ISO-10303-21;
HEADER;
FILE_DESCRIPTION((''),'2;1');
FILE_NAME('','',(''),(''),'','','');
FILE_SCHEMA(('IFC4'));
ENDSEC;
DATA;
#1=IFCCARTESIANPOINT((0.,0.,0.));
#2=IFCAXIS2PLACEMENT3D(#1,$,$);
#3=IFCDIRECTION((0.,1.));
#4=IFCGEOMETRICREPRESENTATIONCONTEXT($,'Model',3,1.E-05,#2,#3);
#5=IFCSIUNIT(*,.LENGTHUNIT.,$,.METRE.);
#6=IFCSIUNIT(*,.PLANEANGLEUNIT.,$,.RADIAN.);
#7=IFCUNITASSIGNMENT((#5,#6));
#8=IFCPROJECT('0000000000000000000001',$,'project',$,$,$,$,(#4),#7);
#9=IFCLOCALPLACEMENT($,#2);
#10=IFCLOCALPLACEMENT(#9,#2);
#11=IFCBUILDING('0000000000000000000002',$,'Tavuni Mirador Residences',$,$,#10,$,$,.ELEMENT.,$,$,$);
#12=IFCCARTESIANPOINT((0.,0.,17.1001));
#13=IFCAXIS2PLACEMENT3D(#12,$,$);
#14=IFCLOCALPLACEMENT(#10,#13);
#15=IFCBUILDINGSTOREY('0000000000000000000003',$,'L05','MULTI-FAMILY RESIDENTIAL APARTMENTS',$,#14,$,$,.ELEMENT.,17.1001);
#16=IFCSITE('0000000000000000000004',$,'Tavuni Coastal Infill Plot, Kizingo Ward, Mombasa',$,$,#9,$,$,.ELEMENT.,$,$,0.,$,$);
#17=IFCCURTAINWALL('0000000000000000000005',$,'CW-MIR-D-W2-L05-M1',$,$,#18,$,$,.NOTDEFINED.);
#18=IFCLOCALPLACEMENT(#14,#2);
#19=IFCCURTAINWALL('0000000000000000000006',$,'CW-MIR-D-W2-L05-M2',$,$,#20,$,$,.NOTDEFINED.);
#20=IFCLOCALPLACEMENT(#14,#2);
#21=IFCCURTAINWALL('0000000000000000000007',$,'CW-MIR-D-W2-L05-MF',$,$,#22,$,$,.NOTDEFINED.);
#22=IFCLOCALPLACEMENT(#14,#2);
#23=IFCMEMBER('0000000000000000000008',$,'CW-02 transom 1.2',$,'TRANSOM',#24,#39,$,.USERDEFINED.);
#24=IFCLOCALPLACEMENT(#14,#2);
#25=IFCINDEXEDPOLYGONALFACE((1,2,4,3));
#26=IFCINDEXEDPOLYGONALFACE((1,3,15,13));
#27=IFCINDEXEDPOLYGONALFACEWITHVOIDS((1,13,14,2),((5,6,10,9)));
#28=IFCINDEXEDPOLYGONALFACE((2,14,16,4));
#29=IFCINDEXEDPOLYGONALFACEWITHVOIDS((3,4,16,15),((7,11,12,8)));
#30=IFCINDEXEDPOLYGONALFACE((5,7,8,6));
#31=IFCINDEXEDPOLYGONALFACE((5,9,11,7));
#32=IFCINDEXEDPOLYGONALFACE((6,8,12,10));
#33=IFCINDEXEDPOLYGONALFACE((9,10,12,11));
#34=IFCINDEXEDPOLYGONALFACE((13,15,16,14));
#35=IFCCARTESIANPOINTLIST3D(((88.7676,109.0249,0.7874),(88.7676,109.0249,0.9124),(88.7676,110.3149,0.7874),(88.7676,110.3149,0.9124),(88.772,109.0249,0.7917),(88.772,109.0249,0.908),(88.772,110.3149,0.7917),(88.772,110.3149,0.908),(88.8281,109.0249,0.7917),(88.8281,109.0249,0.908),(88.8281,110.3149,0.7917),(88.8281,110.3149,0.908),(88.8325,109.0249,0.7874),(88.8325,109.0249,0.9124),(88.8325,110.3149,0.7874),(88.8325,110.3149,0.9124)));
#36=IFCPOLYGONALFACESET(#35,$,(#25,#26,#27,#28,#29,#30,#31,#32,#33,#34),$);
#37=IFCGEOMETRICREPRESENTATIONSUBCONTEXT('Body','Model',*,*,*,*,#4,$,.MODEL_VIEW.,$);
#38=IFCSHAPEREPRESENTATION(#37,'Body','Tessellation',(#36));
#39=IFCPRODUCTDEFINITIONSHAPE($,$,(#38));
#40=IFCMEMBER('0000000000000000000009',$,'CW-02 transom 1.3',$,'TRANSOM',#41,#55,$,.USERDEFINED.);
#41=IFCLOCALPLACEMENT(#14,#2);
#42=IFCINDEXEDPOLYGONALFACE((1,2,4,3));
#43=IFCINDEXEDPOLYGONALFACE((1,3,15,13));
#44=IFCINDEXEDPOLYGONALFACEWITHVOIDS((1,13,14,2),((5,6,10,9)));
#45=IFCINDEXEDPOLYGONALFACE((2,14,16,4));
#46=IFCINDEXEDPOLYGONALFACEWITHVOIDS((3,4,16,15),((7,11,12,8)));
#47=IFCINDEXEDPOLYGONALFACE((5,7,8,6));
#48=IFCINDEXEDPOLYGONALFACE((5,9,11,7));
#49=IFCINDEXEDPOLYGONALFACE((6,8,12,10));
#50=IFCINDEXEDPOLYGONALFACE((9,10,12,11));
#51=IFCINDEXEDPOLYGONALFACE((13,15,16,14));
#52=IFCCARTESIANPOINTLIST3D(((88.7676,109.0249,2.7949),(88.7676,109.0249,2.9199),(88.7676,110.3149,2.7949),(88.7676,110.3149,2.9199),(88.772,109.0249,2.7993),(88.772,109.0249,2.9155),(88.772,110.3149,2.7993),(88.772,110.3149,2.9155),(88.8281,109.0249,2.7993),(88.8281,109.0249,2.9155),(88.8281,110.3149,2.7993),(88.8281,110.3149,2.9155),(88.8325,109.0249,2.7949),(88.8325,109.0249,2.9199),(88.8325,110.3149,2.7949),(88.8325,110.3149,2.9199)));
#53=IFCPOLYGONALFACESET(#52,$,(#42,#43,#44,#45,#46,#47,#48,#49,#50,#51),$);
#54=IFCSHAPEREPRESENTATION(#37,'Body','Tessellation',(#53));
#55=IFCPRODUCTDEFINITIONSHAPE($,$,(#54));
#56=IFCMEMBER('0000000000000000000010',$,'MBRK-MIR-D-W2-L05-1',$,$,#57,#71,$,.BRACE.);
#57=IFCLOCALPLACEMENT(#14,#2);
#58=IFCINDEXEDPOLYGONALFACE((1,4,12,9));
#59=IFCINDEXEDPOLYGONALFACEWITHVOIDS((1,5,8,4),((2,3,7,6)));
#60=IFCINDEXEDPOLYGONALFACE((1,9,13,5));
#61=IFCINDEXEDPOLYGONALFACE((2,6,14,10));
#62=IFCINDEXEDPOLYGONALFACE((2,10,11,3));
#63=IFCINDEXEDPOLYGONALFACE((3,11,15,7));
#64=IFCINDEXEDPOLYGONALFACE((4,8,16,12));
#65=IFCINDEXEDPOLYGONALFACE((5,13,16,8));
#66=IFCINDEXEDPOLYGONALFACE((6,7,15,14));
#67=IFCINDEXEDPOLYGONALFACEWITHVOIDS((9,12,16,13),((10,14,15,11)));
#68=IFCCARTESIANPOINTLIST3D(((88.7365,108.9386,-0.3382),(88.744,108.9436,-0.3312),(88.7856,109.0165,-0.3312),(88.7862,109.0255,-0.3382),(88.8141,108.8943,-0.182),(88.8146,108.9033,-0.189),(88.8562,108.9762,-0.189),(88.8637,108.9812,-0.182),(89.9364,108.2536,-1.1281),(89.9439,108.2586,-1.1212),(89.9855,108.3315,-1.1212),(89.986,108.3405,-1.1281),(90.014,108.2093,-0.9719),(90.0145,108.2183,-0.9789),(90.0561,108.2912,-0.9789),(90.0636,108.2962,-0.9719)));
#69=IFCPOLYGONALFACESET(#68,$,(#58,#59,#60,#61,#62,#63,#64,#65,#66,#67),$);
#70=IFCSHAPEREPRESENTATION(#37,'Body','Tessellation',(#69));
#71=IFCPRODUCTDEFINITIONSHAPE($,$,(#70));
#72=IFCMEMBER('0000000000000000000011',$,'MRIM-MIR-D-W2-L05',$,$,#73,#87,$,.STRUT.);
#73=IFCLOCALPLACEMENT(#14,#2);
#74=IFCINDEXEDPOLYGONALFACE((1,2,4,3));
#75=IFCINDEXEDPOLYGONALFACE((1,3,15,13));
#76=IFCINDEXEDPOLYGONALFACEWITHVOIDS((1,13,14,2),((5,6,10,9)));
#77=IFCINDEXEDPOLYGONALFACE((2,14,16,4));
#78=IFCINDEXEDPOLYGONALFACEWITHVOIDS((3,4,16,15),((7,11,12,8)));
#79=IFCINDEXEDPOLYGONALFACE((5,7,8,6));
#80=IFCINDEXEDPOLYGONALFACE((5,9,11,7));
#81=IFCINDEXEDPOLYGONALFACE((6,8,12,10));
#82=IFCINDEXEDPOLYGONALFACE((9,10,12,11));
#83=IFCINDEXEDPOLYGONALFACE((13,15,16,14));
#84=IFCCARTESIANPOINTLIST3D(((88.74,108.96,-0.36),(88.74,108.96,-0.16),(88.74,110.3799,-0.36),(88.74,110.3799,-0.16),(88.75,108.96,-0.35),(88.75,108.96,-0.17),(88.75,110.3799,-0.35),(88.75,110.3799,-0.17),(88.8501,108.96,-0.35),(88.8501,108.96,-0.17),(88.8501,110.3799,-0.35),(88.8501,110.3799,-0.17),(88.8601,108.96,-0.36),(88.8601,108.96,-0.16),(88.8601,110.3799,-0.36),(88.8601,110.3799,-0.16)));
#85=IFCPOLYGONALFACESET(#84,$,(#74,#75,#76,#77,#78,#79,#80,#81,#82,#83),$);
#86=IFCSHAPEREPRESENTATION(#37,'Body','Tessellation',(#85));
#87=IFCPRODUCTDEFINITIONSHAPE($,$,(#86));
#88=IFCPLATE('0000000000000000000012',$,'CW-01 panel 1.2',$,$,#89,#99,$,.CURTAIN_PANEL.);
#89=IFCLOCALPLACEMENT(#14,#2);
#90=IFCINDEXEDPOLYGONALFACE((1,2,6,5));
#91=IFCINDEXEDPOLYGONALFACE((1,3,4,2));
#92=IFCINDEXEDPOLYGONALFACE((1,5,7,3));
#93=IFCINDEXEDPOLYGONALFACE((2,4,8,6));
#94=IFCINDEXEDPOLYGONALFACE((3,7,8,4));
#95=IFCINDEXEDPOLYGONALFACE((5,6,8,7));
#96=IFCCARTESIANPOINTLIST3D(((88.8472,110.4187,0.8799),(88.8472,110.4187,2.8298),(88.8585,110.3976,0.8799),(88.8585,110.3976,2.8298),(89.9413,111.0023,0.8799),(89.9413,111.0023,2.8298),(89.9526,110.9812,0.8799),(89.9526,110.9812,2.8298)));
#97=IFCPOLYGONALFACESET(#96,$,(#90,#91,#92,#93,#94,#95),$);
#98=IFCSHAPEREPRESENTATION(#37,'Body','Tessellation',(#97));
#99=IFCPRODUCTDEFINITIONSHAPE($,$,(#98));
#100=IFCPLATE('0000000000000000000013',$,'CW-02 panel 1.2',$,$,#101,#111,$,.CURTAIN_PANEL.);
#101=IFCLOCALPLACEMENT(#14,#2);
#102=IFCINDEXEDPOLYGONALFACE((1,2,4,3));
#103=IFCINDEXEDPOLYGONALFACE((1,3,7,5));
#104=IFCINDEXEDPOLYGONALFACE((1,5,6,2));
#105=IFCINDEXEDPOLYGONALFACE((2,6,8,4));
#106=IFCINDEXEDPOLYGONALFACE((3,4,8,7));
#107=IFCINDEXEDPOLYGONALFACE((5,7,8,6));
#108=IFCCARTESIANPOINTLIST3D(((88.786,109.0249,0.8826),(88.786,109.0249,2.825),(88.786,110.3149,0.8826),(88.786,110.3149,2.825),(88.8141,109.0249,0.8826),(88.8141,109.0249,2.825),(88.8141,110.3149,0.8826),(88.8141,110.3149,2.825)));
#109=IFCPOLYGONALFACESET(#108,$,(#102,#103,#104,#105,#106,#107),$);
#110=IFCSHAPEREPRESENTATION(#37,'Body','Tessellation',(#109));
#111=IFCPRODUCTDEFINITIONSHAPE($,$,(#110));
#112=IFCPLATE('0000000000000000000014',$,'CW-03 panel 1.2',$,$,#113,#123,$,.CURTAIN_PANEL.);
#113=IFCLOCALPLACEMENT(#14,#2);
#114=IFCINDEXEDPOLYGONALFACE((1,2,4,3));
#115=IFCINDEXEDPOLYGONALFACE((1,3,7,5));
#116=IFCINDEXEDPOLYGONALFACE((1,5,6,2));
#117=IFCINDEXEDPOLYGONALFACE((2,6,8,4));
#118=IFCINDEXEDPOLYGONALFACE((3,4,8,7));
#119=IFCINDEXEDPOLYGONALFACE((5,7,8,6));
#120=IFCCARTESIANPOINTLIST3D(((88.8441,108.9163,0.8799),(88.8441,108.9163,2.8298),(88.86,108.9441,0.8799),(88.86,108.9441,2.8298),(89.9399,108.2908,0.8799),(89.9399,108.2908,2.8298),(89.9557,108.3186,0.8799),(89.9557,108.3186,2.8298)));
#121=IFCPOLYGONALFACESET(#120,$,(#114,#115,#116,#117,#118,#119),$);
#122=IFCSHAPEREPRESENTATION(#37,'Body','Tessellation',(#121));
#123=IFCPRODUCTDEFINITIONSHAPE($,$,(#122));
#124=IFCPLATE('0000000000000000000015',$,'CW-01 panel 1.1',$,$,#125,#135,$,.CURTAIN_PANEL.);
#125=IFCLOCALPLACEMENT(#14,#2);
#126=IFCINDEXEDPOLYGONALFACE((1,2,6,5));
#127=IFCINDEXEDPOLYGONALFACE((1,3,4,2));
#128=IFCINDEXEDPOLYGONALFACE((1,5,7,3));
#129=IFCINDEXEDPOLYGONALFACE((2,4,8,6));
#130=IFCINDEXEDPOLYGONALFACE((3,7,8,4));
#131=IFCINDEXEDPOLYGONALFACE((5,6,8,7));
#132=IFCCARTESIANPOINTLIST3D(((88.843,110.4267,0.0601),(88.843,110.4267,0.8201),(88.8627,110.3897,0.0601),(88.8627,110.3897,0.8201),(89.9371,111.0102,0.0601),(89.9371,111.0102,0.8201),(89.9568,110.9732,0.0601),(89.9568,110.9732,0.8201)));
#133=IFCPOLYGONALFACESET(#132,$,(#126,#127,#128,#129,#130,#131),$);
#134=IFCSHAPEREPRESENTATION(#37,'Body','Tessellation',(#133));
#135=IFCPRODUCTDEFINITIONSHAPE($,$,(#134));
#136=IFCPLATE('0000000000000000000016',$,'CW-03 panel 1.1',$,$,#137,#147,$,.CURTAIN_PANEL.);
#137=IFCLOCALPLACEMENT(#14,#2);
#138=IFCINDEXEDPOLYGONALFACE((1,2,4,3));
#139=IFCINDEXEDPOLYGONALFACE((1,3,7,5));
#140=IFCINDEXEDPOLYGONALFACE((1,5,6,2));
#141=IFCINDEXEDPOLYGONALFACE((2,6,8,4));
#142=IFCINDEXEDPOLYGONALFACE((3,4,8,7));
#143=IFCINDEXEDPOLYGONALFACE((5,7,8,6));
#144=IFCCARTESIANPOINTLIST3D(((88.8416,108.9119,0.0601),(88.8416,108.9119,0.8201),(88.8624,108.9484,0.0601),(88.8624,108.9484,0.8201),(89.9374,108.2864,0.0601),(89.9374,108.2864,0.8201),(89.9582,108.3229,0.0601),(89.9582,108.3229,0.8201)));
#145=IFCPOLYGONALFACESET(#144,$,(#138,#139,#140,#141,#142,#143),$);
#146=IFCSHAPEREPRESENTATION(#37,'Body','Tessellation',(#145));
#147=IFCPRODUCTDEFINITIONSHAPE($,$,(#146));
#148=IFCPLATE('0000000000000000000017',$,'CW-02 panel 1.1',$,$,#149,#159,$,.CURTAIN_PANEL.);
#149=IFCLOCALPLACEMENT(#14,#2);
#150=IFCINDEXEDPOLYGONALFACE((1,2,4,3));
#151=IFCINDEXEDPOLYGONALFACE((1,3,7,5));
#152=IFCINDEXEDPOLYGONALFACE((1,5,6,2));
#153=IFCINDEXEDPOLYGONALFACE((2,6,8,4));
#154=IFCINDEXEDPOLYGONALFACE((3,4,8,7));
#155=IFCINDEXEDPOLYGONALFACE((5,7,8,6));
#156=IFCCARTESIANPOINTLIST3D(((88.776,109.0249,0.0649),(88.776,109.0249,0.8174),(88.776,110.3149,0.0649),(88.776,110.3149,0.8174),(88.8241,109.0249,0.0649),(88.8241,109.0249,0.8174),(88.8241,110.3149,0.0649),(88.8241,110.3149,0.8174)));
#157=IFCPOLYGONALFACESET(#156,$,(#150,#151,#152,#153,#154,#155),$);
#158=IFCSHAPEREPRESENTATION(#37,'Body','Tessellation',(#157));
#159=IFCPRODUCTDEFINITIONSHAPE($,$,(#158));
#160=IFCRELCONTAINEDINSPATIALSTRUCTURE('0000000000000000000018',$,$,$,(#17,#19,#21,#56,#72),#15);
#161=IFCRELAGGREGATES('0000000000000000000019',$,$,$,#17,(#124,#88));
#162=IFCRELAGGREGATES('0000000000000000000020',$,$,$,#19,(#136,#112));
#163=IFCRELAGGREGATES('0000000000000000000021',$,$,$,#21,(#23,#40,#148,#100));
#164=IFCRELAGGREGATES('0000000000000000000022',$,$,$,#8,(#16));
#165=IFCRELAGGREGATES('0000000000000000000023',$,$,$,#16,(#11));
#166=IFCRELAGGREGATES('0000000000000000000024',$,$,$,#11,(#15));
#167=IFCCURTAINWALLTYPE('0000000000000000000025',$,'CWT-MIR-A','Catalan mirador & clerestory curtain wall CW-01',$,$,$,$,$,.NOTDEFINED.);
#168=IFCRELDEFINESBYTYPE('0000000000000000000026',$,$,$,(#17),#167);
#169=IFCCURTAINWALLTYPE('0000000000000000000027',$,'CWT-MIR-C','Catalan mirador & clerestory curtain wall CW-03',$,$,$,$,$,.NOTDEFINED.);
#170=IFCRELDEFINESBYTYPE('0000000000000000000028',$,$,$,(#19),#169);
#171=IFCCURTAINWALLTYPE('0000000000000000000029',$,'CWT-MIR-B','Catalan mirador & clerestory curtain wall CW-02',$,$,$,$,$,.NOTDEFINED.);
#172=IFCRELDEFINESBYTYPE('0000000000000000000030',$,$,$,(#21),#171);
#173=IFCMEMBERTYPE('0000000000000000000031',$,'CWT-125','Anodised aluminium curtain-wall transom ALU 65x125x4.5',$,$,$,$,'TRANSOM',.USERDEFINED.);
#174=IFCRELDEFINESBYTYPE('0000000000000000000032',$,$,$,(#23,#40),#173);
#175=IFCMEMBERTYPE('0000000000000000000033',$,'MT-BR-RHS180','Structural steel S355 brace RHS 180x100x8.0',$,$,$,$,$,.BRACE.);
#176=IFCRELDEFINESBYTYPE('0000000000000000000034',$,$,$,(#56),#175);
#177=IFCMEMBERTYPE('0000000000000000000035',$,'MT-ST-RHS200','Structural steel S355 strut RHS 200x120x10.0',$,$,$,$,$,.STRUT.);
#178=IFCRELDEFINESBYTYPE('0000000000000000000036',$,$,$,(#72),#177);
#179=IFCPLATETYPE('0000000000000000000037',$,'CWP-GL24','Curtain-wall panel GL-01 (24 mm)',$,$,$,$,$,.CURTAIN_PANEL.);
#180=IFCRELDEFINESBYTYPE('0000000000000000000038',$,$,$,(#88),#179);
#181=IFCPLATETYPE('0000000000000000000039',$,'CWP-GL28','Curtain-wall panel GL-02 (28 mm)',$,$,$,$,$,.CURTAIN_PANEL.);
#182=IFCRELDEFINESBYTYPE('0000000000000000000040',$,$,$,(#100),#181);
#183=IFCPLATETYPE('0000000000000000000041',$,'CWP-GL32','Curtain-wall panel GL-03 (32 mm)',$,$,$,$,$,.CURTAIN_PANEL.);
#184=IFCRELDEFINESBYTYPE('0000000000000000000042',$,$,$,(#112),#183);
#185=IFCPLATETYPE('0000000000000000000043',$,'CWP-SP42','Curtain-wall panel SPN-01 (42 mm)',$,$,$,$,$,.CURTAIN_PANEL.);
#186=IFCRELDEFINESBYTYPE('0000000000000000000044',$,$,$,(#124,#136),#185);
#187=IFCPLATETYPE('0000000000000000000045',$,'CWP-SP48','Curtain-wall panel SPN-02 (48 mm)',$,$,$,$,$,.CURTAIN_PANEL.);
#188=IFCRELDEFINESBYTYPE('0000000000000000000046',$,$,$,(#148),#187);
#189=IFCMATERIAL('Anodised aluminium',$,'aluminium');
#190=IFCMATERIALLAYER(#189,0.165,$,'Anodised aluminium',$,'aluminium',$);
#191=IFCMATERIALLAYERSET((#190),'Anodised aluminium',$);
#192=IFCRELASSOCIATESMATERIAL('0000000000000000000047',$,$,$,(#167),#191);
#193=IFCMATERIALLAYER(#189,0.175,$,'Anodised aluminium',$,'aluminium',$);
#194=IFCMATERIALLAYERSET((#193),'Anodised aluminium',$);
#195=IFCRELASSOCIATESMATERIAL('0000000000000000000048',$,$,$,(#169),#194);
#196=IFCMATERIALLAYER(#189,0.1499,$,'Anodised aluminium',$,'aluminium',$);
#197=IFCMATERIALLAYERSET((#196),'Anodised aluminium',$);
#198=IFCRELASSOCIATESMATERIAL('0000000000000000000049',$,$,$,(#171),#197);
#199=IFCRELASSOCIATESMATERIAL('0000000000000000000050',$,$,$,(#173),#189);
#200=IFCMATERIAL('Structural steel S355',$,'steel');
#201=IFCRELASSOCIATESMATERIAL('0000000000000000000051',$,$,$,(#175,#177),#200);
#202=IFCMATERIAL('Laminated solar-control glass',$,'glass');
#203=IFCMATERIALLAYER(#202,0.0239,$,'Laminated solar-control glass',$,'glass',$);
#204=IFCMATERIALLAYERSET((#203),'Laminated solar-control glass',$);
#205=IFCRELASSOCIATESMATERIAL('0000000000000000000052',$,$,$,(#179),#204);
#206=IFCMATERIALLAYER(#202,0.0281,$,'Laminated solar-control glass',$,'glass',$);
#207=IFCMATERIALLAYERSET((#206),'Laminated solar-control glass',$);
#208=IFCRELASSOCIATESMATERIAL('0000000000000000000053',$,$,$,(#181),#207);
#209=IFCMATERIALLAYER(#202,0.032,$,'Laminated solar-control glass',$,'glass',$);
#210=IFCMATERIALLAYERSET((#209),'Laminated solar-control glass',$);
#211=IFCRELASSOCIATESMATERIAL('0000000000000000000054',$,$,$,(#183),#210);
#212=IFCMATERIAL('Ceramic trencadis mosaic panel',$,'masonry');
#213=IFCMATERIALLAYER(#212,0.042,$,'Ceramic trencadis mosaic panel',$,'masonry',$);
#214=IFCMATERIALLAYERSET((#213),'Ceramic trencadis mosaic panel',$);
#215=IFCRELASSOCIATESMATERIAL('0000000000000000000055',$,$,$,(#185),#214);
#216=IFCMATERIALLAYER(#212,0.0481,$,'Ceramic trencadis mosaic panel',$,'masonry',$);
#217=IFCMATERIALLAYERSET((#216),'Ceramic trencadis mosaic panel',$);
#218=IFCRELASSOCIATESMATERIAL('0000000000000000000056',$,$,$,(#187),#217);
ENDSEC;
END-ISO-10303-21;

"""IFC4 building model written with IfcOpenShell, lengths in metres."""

from ifc_helpers import new_model, si_unit, direction, frame, origin, origin_2d, place, context, subcontext, project, spatial, rectangle, hollow_rectangle, extrude, material, layer, layer_set, material_profile, profile_set, type_object, element, aggregate, save


model = new_model("IFC4")

# Units and contexts
model_context = context("Model", 3, precision=1e-05, world=origin(), true_north=direction((0.0, 1.0)))
body_context = subcontext(model_context, "Body", "Model", "MODEL_VIEW")
ifc_project = project(units=[si_unit("LENGTHUNIT", "METRE"), si_unit("PLANEANGLEUNIT", "RADIAN")], contexts=[model_context])

# Site, building, storey
site_placement = place(None, origin())
site = spatial("IfcSite", under=ifc_project, at=site_placement, Name="Tavuni Coastal Infill Plot, Kizingo Ward, Mombasa", CompositionType="ELEMENT", RefElevation=0.0)
building_placement = place(site_placement, origin())
building = spatial("IfcBuilding", under=site, at=building_placement, Name="Tavuni Mirador Residences", CompositionType="ELEMENT")
storey_placement = place(building_placement, frame((0.0, 0.0, 17.1001)))
storey = spatial("IfcBuildingStorey", under=building, at=storey_placement, Name="L05", Description="MULTI-FAMILY RESIDENTIAL APARTMENTS", CompositionType="ELEMENT", Elevation=17.1001)

# Curtain wall
ifc_material_1 = material(Name="Anodised aluminium", Category="aluminium")
ifc_layer_1 = layer(ifc_material_1, 0.165, Name="Anodised aluminium", Category="aluminium")
ifc_layer_set_1 = layer_set([ifc_layer_1], Name="Anodised aluminium")
curtain_wall_type_1 = type_object("IfcCurtainWallType", Name="CWT-MIR-A", Description="Catalan mirador & clerestory curtain wall CW-01", PredefinedType="NOTDEFINED", material=ifc_layer_set_1)
curtain_wall_1_placement = place(storey_placement, origin())
curtain_wall_1 = element("IfcCurtainWall", 1, at=curtain_wall_1_placement, inside=storey, type_object=curtain_wall_type_1, Name="CW-MIR-D-W2-L05-M1", PredefinedType="NOTDEFINED")

# Curtain walls
ifc_layer_2 = layer(ifc_material_1, 0.175, Name="Anodised aluminium", Category="aluminium")
ifc_layer_set_2 = layer_set([ifc_layer_2], Name="Anodised aluminium")
curtain_wall_type_2 = type_object("IfcCurtainWallType", Name="CWT-MIR-C", Description="Catalan mirador & clerestory curtain wall CW-03", PredefinedType="NOTDEFINED", material=ifc_layer_set_2)
curtain_wall_2_placement = place(storey_placement, origin())
curtain_wall_2 = element("IfcCurtainWall", 2, at=curtain_wall_2_placement, inside=storey, type_object=curtain_wall_type_2, Name="CW-MIR-D-W2-L05-M2", PredefinedType="NOTDEFINED")
ifc_layer_3 = layer(ifc_material_1, 0.1499, Name="Anodised aluminium", Category="aluminium")
ifc_layer_set_3 = layer_set([ifc_layer_3], Name="Anodised aluminium")
curtain_wall_type_3 = type_object("IfcCurtainWallType", Name="CWT-MIR-B", Description="Catalan mirador & clerestory curtain wall CW-02", PredefinedType="NOTDEFINED", material=ifc_layer_set_3)
curtain_wall_3_placement = place(storey_placement, origin())
curtain_wall_3 = element("IfcCurtainWall", 3, at=curtain_wall_3_placement, inside=storey, type_object=curtain_wall_type_3, Name="CW-MIR-D-W2-L05-MF", PredefinedType="NOTDEFINED")

# Members
ifc_material_profile_1 = material_profile(ifc_material_1, hollow_rectangle(XDim=0.0649, YDim=0.125, WallThickness=0.0044, at=origin_2d()), Name="ALU 65x125x4.5", Category="aluminium")
ifc_profile_set_1 = profile_set([ifc_material_profile_1], Name="Anodised aluminium")
member_type_1 = type_object("IfcMemberType", Name="CWT-125", Description="Anodised aluminium curtain-wall transom ALU 65x125x4.5", ElementType="TRANSOM", PredefinedType="USERDEFINED", material=ifc_profile_set_1)
member_1_placement = place(storey_placement, frame((88.8, 110.3149, 0.8499), z_axis=(0.0, -1.0, 0.0), x_axis=(1.0, 0.0, 0.0)))
member_1 = element("IfcMember", 4, at=member_1_placement, type_object=member_type_1, Name="CW-02 transom 1.2", ObjectType="TRANSOM", PredefinedType="USERDEFINED", context=body_context, shape_type="SweptSolid", body=[
    extrude(hollow_rectangle(XDim=0.0649, YDim=0.125, WallThickness=0.0044, at=origin_2d()), origin(), (0.0, 0.0, 1.0), 1.29),
])
member_2_placement = place(storey_placement, frame((88.8, 110.3149, 2.8574), z_axis=(0.0, -1.0, 0.0), x_axis=(1.0, 0.0, 0.0)))
member_2 = element("IfcMember", 5, at=member_2_placement, type_object=member_type_1, Name="CW-02 transom 1.3", ObjectType="TRANSOM", PredefinedType="USERDEFINED", context=body_context, shape_type="SweptSolid", body=[
    extrude(hollow_rectangle(XDim=0.0649, YDim=0.125, WallThickness=0.0044, at=origin_2d()), origin(), (0.0, 0.0, 1.0), 1.29),
])

# Members
ifc_material_2 = material(Name="Structural steel S355", Category="steel")
ifc_material_profile_2 = material_profile(ifc_material_2, hollow_rectangle(XDim=0.1001, YDim=0.1799, WallThickness=0.0081, at=origin_2d()), Name="RHS 180x100x8.0", Category="steel")
ifc_profile_set_2 = profile_set([ifc_material_profile_2], Name="Structural steel S355")
member_type_2 = type_object("IfcMemberType", Name="MT-BR-RHS180", Description="Structural steel S355 brace RHS 180x100x8.0", PredefinedType="BRACE", material=ifc_profile_set_2)
member_3_placement = place(storey_placement, frame((90.0, 108.2749, -1.05), z_axis=(-0.753904, 0.430408, 0.496365), x_axis=(-0.495796, -0.868439, 0.0)))
element("IfcMember", 6, at=member_3_placement, inside=storey, type_object=member_type_2, Name="MBRK-MIR-D-W2-L05-1", PredefinedType="BRACE", context=body_context, shape_type="SweptSolid", body=[
    extrude(hollow_rectangle(XDim=0.1001, YDim=0.1799, WallThickness=0.0081, at=origin_2d()), origin(), (0.0, 0.0, 1.0), 1.5916),
])
ifc_material_profile_3 = material_profile(ifc_material_2, hollow_rectangle(XDim=0.1201, YDim=0.2, WallThickness=0.01, at=origin_2d()), Name="RHS 200x120x10.0", Category="steel")
ifc_profile_set_3 = profile_set([ifc_material_profile_3], Name="Structural steel S355")
member_type_3 = type_object("IfcMemberType", Name="MT-ST-RHS200", Description="Structural steel S355 strut RHS 200x120x10.0", PredefinedType="STRUT", material=ifc_profile_set_3)
member_4_placement = place(storey_placement, frame((88.8, 108.96, -0.26), z_axis=(0.0, 1.0, 0.0), x_axis=(-1.0, 0.0, 0.0)))
element("IfcMember", 7, at=member_4_placement, inside=storey, type_object=member_type_3, Name="MRIM-MIR-D-W2-L05", PredefinedType="STRUT", context=body_context, shape_type="SweptSolid", body=[
    extrude(hollow_rectangle(XDim=0.1201, YDim=0.2, WallThickness=0.01, at=origin_2d()), origin(), (0.0, 0.0, 1.0), 1.4199),
])

# Plates
ifc_material_3 = material(Name="Laminated solar-control glass", Category="glass")
ifc_layer_4 = layer(ifc_material_3, 0.0239, Name="Laminated solar-control glass", Category="glass")
ifc_layer_set_4 = layer_set([ifc_layer_4], Name="Laminated solar-control glass")
plate_type_1 = type_object("IfcPlateType", Name="CWP-GL24", Description="Curtain-wall panel GL-01 (24 mm)", PredefinedType="CURTAIN_PANEL", material=ifc_layer_set_4)
plate_1_placement = place(storey_placement, frame((89.3999, 110.7, 0.8799), z_axis=(0.0, 0.0, 1.0), x_axis=(-0.882353, -0.470588, 0.0)))
plate_1 = element("IfcPlate", 8, at=plate_1_placement, type_object=plate_type_1, Name="CW-01 panel 1.2", PredefinedType="CURTAIN_PANEL", context=body_context, shape_type="SweptSolid", body=[
    extrude(rectangle(XDim=1.24, YDim=0.0239, at=origin_2d()), origin(), (0.0, 0.0, 1.0), 1.95),
])
ifc_layer_5 = layer(ifc_material_3, 0.0281, Name="Laminated solar-control glass", Category="glass")
ifc_layer_set_5 = layer_set([ifc_layer_5], Name="Laminated solar-control glass")
plate_type_2 = type_object("IfcPlateType", Name="CWP-GL28", Description="Curtain-wall panel GL-02 (28 mm)", PredefinedType="CURTAIN_PANEL", material=ifc_layer_set_5)
plate_2_placement = place(storey_placement, frame((88.8, 109.6699, 0.8826), z_axis=(0.0, 0.0, 1.0), x_axis=(0.0, -1.0, 0.0)))
plate_2 = element("IfcPlate", 9, at=plate_2_placement, type_object=plate_type_2, Name="CW-02 panel 1.2", PredefinedType="CURTAIN_PANEL", context=body_context, shape_type="SweptSolid", body=[
    extrude(rectangle(XDim=1.29, YDim=0.0281, at=origin_2d()), origin(), (0.0, 0.0, 1.0), 1.9424),
])
ifc_layer_6 = layer(ifc_material_3, 0.032, Name="Laminated solar-control glass", Category="glass")
ifc_layer_set_6 = layer_set([ifc_layer_6], Name="Laminated solar-control glass")
plate_type_3 = type_object("IfcPlateType", Name="CWP-GL32", Description="Curtain-wall panel GL-03 (32 mm)", PredefinedType="CURTAIN_PANEL", material=ifc_layer_set_6)
plate_3_placement = place(storey_placement, frame((89.3999, 108.6174, 0.8799), z_axis=(0.0, 0.0, 1.0), x_axis=(0.868466, -0.495749, 0.0)))
plate_3 = element("IfcPlate", 10, at=plate_3_placement, type_object=plate_type_3, Name="CW-03 panel 1.2", PredefinedType="CURTAIN_PANEL", context=body_context, shape_type="SweptSolid", body=[
    extrude(rectangle(XDim=1.2617, YDim=0.032, at=origin_2d()), origin(), (0.0, 0.0, 1.0), 1.95),
])
ifc_material_4 = material(Name="Ceramic trencadis mosaic panel", Category="masonry")
ifc_layer_7 = layer(ifc_material_4, 0.042, Name="Ceramic trencadis mosaic panel", Category="masonry")
ifc_layer_set_7 = layer_set([ifc_layer_7], Name="Ceramic trencadis mosaic panel")
plate_type_4 = type_object("IfcPlateType", Name="CWP-SP42", Description="Curtain-wall panel SPN-01 (42 mm)", PredefinedType="CURTAIN_PANEL", material=ifc_layer_set_7)
plate_4_placement = place(storey_placement, frame((89.3999, 110.7, 0.0601), z_axis=(0.0, 0.0, 1.0), x_axis=(-0.882353, -0.470588, 0.0)))
plate_4 = element("IfcPlate", 11, at=plate_4_placement, type_object=plate_type_4, Name="CW-01 panel 1.1", PredefinedType="CURTAIN_PANEL", context=body_context, shape_type="SweptSolid", body=[
    extrude(rectangle(XDim=1.24, YDim=0.042, at=origin_2d()), origin(), (0.0, 0.0, 1.0), 0.76),
])
aggregate(curtain_wall_1, [plate_4, plate_1])
plate_5_placement = place(storey_placement, frame((89.3999, 108.6174, 0.0601), z_axis=(0.0, 0.0, 1.0), x_axis=(0.868466, -0.495749, 0.0)))
plate_5 = element("IfcPlate", 12, at=plate_5_placement, type_object=plate_type_4, Name="CW-03 panel 1.1", PredefinedType="CURTAIN_PANEL", context=body_context, shape_type="SweptSolid", body=[
    extrude(rectangle(XDim=1.2617, YDim=0.042, at=origin_2d()), origin(), (0.0, 0.0, 1.0), 0.76),
])
aggregate(curtain_wall_2, [plate_5, plate_3])
ifc_layer_8 = layer(ifc_material_4, 0.0481, Name="Ceramic trencadis mosaic panel", Category="masonry")
ifc_layer_set_8 = layer_set([ifc_layer_8], Name="Ceramic trencadis mosaic panel")
plate_type_5 = type_object("IfcPlateType", Name="CWP-SP48", Description="Curtain-wall panel SPN-02 (48 mm)", PredefinedType="CURTAIN_PANEL", material=ifc_layer_set_8)
plate_6_placement = place(storey_placement, frame((88.8, 109.6699, 0.0649), z_axis=(0.0, 0.0, 1.0), x_axis=(0.0, -1.0, 0.0)))
plate_6 = element("IfcPlate", 13, at=plate_6_placement, type_object=plate_type_5, Name="CW-02 panel 1.1", PredefinedType="CURTAIN_PANEL", context=body_context, shape_type="SweptSolid", body=[
    extrude(rectangle(XDim=1.29, YDim=0.0481, at=origin_2d()), origin(), (0.0, 0.0, 1.0), 0.7524),
])
aggregate(curtain_wall_3, [member_1, member_2, plate_6, plate_2])

save(model, "model.ifc")
